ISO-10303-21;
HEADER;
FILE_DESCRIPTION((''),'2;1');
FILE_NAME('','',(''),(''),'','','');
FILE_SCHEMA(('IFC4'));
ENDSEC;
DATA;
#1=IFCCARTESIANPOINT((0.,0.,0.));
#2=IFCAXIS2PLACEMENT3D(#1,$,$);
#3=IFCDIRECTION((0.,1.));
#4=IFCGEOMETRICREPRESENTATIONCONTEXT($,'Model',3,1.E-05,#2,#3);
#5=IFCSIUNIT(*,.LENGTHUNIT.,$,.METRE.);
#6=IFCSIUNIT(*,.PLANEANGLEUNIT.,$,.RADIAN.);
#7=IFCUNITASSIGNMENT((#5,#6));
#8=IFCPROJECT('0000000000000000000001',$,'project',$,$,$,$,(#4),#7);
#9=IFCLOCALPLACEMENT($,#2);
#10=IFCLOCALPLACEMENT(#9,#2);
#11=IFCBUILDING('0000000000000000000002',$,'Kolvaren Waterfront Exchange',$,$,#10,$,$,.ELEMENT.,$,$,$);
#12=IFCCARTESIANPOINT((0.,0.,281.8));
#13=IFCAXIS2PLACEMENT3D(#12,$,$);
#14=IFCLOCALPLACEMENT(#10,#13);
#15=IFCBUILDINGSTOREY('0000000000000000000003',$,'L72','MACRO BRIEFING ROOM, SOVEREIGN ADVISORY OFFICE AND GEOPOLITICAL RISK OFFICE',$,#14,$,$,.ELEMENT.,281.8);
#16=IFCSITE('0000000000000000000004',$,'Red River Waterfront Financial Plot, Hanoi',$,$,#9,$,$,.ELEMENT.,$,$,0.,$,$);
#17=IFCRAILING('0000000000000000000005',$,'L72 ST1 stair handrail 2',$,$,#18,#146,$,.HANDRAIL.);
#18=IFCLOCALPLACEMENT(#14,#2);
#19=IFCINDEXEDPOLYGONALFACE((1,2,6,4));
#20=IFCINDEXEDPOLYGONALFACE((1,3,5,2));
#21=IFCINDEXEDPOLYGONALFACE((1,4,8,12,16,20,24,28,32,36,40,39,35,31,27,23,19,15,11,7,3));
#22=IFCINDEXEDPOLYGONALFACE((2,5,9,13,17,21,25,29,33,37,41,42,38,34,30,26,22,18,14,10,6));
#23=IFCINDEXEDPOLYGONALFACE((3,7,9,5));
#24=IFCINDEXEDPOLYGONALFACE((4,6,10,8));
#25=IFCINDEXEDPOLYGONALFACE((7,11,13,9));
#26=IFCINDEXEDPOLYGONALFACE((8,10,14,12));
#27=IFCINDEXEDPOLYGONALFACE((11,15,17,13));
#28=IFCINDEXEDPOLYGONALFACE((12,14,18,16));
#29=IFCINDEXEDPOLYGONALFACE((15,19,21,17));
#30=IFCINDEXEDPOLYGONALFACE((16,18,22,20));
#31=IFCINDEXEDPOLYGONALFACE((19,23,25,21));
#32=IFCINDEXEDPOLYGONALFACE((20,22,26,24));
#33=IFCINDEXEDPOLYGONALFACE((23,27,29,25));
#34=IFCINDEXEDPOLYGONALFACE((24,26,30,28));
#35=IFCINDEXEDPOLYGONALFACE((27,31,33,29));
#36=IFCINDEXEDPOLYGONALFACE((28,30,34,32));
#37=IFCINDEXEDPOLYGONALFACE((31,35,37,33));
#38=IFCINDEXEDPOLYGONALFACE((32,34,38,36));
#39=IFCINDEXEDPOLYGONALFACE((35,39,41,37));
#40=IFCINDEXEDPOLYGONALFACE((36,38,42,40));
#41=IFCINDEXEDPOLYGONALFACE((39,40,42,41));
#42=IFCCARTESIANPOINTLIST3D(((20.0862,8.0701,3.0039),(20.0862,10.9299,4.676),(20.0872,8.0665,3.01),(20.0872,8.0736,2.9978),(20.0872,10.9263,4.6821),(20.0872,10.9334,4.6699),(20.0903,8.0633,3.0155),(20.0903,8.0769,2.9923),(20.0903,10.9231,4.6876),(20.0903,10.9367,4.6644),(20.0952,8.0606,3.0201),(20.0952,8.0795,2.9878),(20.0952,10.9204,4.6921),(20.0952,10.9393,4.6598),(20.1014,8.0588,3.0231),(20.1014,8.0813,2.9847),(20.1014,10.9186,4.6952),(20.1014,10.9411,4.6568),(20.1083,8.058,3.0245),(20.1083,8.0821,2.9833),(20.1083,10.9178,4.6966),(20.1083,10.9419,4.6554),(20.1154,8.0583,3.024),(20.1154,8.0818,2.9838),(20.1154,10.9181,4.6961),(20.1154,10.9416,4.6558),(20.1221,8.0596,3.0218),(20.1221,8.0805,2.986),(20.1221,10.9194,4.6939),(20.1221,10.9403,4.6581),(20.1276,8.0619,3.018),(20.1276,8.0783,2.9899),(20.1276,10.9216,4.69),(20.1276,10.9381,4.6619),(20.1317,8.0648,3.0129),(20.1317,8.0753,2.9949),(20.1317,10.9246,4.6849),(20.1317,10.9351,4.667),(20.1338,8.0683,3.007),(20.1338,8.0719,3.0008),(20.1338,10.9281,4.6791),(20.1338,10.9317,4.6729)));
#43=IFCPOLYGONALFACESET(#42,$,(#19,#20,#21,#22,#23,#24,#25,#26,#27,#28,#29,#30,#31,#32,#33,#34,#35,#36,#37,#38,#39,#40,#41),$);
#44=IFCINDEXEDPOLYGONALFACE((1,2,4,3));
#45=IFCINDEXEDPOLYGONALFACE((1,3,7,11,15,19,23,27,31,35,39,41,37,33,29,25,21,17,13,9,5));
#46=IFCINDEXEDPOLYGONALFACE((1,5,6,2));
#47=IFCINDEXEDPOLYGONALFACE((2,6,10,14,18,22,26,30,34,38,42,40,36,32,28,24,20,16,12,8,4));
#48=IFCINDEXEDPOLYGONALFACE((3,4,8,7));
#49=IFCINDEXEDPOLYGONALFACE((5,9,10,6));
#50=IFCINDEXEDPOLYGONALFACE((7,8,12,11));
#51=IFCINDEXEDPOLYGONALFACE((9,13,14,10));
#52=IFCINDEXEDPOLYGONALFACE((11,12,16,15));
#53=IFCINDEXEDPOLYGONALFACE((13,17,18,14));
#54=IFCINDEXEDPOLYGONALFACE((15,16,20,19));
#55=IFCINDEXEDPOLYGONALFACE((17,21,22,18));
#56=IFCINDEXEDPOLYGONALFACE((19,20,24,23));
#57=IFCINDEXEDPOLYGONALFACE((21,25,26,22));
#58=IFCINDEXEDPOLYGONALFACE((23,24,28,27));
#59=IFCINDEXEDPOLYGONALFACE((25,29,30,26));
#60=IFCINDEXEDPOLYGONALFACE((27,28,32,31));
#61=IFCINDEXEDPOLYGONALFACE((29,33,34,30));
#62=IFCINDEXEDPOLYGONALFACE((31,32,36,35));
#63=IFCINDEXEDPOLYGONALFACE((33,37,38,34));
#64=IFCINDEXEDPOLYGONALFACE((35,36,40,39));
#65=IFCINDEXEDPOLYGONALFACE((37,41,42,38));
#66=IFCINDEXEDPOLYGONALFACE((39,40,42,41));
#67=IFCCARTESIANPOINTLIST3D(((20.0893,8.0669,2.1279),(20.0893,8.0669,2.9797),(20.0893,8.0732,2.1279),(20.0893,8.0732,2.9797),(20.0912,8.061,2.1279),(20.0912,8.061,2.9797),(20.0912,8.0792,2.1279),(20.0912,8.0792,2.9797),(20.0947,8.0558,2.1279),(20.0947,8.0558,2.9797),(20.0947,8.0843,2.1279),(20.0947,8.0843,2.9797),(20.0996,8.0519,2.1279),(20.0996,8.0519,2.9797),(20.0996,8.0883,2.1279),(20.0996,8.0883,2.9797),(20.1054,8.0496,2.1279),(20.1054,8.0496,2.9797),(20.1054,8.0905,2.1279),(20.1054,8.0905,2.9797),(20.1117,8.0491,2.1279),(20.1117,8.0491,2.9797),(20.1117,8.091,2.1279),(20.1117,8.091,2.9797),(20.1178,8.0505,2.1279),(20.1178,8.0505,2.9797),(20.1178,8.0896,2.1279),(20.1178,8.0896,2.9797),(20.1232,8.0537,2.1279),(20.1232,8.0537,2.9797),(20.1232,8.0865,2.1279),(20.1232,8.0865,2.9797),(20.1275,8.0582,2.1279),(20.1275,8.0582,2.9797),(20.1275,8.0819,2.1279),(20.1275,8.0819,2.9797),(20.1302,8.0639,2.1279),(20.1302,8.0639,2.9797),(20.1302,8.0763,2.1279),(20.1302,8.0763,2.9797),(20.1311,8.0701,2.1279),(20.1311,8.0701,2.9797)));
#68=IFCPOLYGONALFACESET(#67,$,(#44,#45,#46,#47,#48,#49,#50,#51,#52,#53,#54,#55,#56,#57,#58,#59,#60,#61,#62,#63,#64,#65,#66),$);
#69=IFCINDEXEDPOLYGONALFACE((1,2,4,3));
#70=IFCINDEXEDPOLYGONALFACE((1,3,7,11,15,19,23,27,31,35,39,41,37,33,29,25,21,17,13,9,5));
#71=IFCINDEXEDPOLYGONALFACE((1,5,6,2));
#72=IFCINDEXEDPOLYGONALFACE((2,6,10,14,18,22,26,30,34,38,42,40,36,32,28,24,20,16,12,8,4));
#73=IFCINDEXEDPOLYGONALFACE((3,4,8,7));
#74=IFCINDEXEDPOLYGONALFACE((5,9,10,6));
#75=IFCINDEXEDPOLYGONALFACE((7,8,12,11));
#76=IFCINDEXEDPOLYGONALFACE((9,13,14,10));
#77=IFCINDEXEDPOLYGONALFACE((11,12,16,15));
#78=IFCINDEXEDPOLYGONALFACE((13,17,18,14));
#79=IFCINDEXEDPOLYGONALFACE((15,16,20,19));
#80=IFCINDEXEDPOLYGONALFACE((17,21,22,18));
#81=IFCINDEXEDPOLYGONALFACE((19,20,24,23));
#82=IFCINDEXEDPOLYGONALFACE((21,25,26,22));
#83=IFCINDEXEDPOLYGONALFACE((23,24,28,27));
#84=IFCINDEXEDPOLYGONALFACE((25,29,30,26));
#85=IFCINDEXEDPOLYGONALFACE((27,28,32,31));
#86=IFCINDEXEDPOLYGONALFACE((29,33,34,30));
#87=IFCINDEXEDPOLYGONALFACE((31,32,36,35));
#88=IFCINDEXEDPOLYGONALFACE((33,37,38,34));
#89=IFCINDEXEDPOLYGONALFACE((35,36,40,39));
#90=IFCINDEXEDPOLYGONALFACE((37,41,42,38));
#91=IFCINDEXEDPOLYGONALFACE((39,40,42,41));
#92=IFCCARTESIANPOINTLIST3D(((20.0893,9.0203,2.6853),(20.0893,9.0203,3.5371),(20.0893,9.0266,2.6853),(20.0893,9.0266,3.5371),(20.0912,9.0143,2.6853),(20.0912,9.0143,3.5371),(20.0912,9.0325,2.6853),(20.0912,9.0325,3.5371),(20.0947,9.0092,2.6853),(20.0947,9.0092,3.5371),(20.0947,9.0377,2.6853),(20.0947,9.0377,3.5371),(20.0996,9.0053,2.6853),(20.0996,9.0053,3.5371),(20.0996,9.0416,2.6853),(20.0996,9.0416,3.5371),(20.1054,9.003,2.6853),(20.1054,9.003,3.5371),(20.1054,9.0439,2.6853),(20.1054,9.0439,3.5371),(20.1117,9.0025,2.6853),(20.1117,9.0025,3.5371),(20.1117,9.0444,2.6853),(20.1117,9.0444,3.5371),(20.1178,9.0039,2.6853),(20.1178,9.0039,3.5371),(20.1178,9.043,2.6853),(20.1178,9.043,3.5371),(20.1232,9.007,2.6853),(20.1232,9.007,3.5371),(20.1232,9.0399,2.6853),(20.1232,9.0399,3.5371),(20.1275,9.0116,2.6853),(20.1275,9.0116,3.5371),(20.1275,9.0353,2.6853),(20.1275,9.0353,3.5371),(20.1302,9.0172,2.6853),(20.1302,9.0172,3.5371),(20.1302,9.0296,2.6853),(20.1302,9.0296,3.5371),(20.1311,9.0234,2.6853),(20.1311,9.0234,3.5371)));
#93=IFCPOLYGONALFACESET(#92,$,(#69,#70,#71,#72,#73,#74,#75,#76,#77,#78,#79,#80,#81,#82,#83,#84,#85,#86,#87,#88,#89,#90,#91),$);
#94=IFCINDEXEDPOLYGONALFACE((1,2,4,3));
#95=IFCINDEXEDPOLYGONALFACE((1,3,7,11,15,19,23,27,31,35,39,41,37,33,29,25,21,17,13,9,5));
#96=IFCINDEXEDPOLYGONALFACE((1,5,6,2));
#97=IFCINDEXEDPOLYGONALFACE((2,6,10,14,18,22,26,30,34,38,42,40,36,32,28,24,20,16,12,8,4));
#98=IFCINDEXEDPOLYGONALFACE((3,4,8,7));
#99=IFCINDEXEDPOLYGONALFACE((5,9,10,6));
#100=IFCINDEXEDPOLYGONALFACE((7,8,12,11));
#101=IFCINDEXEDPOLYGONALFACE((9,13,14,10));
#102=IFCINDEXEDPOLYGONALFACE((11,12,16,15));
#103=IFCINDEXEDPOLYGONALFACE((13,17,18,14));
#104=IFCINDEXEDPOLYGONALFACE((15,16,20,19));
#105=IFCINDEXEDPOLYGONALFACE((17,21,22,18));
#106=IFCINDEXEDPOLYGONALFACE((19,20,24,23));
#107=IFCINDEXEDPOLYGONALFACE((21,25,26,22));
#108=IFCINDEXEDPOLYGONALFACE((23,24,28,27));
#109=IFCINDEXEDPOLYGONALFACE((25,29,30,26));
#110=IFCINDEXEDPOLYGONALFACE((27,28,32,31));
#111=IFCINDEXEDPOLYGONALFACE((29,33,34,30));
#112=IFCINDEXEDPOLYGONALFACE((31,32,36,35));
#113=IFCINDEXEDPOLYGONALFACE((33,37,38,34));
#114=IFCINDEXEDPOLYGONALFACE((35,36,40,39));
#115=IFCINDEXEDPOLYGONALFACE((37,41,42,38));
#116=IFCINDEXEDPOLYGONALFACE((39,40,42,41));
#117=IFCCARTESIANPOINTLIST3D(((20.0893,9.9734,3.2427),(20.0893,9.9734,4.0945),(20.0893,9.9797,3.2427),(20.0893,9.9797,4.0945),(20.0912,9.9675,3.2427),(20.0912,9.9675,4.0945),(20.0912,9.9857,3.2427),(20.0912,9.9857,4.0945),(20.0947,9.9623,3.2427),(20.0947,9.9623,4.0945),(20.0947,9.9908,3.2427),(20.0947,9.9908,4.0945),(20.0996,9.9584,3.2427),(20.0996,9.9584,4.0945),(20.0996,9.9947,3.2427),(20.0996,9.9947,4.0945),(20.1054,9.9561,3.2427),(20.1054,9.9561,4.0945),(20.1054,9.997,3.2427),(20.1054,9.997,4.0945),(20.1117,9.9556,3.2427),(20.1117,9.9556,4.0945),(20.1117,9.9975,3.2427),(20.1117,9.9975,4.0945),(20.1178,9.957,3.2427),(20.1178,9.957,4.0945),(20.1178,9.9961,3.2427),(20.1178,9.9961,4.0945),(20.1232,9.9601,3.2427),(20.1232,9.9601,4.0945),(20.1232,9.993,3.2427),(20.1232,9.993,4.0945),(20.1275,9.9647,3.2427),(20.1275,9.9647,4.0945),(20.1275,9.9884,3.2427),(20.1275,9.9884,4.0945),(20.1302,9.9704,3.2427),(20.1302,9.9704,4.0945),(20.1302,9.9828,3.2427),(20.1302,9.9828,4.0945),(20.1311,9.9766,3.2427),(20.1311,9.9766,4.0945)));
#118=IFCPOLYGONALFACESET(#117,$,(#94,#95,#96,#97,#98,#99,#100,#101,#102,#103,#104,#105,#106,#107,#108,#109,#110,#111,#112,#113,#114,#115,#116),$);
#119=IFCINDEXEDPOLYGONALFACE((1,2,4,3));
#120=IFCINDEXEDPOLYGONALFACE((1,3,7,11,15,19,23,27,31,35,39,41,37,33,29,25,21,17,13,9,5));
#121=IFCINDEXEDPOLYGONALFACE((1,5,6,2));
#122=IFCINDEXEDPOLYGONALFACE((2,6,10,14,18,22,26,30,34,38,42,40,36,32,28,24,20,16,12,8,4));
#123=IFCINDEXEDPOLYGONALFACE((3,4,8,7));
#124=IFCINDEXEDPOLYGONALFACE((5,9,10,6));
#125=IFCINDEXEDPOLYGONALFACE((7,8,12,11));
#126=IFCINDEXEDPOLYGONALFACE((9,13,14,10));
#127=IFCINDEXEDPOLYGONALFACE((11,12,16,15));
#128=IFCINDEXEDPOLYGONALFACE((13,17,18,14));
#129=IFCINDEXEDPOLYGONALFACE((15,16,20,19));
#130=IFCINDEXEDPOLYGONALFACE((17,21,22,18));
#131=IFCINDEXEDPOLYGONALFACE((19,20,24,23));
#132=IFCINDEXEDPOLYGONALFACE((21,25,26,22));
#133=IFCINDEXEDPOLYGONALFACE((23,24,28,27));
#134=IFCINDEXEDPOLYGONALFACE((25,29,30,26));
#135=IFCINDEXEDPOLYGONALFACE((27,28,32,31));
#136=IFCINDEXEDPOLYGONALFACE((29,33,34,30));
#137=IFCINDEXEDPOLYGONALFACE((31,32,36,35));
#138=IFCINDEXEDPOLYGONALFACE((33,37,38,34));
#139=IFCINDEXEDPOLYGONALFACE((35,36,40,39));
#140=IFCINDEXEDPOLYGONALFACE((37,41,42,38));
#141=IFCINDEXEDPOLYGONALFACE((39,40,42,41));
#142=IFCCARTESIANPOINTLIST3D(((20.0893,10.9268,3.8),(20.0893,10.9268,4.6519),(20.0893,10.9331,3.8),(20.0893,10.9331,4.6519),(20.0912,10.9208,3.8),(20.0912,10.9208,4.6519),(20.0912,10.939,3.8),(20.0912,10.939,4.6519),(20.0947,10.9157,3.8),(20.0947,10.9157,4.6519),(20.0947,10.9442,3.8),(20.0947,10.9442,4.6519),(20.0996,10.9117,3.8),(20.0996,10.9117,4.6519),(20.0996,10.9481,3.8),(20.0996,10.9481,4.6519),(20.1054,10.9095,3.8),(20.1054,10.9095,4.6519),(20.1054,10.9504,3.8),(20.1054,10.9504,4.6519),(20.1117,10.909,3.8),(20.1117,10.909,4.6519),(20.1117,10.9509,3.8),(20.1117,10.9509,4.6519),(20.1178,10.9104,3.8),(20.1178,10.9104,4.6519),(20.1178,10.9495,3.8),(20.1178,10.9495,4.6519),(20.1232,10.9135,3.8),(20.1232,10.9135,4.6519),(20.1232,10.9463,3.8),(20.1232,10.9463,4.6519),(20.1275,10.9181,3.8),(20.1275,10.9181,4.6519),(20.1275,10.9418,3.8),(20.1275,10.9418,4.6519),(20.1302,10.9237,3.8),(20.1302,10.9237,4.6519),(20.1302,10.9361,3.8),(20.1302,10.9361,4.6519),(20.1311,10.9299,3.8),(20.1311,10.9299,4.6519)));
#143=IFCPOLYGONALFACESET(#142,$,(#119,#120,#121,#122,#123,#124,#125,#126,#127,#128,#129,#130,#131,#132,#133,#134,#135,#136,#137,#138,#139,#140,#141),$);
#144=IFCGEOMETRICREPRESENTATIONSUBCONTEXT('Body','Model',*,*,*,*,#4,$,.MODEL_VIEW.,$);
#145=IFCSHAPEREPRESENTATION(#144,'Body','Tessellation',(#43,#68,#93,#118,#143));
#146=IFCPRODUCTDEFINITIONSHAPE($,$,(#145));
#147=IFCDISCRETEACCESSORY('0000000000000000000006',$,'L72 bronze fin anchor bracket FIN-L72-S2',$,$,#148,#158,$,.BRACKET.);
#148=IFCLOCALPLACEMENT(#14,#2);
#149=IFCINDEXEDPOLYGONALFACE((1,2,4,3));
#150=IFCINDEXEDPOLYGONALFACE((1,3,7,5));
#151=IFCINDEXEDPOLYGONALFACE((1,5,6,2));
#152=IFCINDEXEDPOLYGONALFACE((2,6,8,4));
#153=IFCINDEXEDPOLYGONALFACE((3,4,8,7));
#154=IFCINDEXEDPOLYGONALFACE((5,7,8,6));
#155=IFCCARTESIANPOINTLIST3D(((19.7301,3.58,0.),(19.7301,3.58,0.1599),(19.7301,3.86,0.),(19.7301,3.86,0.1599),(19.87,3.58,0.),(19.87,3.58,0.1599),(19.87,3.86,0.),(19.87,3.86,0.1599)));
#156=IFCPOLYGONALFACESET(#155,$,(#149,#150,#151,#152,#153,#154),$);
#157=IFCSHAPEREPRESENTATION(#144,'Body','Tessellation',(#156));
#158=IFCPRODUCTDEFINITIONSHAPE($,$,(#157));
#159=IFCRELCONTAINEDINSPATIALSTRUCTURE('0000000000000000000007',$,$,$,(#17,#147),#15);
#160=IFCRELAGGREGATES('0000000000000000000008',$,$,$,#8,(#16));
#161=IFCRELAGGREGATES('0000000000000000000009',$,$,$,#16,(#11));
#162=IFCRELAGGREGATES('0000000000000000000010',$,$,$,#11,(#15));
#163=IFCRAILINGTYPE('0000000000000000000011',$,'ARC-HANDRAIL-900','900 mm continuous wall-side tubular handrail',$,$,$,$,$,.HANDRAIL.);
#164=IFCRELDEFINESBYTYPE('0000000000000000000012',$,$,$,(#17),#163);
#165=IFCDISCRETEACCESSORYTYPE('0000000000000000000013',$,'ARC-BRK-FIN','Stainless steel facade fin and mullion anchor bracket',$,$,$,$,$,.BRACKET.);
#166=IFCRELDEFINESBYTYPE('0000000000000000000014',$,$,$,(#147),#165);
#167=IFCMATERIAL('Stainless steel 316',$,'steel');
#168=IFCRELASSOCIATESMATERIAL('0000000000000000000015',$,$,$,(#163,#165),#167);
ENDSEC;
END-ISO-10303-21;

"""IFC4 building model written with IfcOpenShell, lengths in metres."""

from ifc_helpers import new_model, si_unit, direction, frame, origin, origin_with_axes, origin_2d, place, context, subcontext, project, spatial, rectangle, circle, extrude, source, transform, mapped, material, type_object, element, save


model = new_model("IFC4")

# Units and contexts
model_context = context("Model", 3, precision=1e-05, world=origin(), true_north=direction((0.0, 1.0)))
body_context = subcontext(model_context, "Body", "Model", "MODEL_VIEW")
ifc_project = project(units=[si_unit("LENGTHUNIT", "METRE"), si_unit("PLANEANGLEUNIT", "RADIAN")], contexts=[model_context])

# Site, building, storey
site_placement = place(None, origin())
site = spatial("IfcSite", under=ifc_project, at=site_placement, Name="Red River Waterfront Financial Plot, Hanoi", CompositionType="ELEMENT", RefElevation=0.0)
building_placement = place(site_placement, origin())
building = spatial("IfcBuilding", under=site, at=building_placement, Name="Kolvaren Waterfront Exchange", CompositionType="ELEMENT")
storey_placement = place(building_placement, frame((0.0, 0.0, 281.8)))
storey = spatial("IfcBuildingStorey", under=building, at=storey_placement, Name="L72", Description="MACRO BRIEFING ROOM, SOVEREIGN ADVISORY OFFICE AND GEOPOLITICAL RISK OFFICE", CompositionType="ELEMENT", Elevation=281.8)

# Railing
ifc_material_1 = material(Name="Stainless steel 316", Category="steel")
railing_type_1 = type_object("IfcRailingType", Name="ARC-HANDRAIL-900", Description="900 mm continuous wall-side tubular handrail", PredefinedType="HANDRAIL", material=ifc_material_1)
railing_1_placement = place(storey_placement, frame((20.1101, 8.0701, 2.1279)))
element("IfcRailing", 1, at=railing_1_placement, inside=storey, type_object=railing_type_1, Name="L72 ST1 stair handrail 2", PredefinedType="HANDRAIL", context=body_context, shape_type="SweptSolid", body=[
    extrude(circle(Radius=0.0239, at=origin_2d()), frame((0.0, 0.0, 0.876), z_axis=(0.0, 0.863271, 0.504741), x_axis=(-1.0, 0.0, 0.0)), (0.0, 0.0, 1.0), 3.3127),
    extrude(circle(Radius=0.021, at=origin_2d()), origin(), (0.0, 0.0, 1.0), 0.8518),
    extrude(circle(Radius=0.021, at=origin_2d()), frame((0.0, 0.9534, 0.5574)), (0.0, 0.0, 1.0), 0.8518),
    extrude(circle(Radius=0.021, at=origin_2d()), frame((0.0, 1.9065, 1.1147)), (0.0, 0.0, 1.0), 0.8518),
    extrude(circle(Radius=0.021, at=origin_2d()), frame((0.0, 2.8599, 1.6721)), (0.0, 0.0, 1.0), 0.8518),
])

# Discrete accessory
discrete_accessory_type = type_object("IfcDiscreteAccessoryType", Name="ARC-BRK-FIN", Description="Stainless steel facade fin and mullion anchor bracket", PredefinedType="BRACKET", material=ifc_material_1)
shared_shape_1 = source(origin_with_axes(), body_context, "Body", "SweptSolid", [
    extrude(rectangle(XDim=0.28, YDim=0.1399, at=origin_2d()), origin(), (0.0, 0.0, 1.0), 0.1599),
])
discrete_accessory_placement = place(storey_placement, frame((19.8, 3.72, 0.0), z_axis=(0.0, 0.0, 1.0), x_axis=(0.0, -1.0, 0.0)))
element("IfcDiscreteAccessory", 2, at=discrete_accessory_placement, inside=storey, type_object=discrete_accessory_type, Name="L72 bronze fin anchor bracket FIN-L72-S2", PredefinedType="BRACKET", context=body_context, shape_type="MappedRepresentation", body=[
    mapped(shared_shape_1, transform((0.0, 0.0, 0.0), x_axis=(1.0, 0.0, 0.0), y_axis=(0.0, 1.0, 0.0), z_axis=(0.0, 0.0, 1.0), scale=1.0)),
])

save(model, "model.ifc")
